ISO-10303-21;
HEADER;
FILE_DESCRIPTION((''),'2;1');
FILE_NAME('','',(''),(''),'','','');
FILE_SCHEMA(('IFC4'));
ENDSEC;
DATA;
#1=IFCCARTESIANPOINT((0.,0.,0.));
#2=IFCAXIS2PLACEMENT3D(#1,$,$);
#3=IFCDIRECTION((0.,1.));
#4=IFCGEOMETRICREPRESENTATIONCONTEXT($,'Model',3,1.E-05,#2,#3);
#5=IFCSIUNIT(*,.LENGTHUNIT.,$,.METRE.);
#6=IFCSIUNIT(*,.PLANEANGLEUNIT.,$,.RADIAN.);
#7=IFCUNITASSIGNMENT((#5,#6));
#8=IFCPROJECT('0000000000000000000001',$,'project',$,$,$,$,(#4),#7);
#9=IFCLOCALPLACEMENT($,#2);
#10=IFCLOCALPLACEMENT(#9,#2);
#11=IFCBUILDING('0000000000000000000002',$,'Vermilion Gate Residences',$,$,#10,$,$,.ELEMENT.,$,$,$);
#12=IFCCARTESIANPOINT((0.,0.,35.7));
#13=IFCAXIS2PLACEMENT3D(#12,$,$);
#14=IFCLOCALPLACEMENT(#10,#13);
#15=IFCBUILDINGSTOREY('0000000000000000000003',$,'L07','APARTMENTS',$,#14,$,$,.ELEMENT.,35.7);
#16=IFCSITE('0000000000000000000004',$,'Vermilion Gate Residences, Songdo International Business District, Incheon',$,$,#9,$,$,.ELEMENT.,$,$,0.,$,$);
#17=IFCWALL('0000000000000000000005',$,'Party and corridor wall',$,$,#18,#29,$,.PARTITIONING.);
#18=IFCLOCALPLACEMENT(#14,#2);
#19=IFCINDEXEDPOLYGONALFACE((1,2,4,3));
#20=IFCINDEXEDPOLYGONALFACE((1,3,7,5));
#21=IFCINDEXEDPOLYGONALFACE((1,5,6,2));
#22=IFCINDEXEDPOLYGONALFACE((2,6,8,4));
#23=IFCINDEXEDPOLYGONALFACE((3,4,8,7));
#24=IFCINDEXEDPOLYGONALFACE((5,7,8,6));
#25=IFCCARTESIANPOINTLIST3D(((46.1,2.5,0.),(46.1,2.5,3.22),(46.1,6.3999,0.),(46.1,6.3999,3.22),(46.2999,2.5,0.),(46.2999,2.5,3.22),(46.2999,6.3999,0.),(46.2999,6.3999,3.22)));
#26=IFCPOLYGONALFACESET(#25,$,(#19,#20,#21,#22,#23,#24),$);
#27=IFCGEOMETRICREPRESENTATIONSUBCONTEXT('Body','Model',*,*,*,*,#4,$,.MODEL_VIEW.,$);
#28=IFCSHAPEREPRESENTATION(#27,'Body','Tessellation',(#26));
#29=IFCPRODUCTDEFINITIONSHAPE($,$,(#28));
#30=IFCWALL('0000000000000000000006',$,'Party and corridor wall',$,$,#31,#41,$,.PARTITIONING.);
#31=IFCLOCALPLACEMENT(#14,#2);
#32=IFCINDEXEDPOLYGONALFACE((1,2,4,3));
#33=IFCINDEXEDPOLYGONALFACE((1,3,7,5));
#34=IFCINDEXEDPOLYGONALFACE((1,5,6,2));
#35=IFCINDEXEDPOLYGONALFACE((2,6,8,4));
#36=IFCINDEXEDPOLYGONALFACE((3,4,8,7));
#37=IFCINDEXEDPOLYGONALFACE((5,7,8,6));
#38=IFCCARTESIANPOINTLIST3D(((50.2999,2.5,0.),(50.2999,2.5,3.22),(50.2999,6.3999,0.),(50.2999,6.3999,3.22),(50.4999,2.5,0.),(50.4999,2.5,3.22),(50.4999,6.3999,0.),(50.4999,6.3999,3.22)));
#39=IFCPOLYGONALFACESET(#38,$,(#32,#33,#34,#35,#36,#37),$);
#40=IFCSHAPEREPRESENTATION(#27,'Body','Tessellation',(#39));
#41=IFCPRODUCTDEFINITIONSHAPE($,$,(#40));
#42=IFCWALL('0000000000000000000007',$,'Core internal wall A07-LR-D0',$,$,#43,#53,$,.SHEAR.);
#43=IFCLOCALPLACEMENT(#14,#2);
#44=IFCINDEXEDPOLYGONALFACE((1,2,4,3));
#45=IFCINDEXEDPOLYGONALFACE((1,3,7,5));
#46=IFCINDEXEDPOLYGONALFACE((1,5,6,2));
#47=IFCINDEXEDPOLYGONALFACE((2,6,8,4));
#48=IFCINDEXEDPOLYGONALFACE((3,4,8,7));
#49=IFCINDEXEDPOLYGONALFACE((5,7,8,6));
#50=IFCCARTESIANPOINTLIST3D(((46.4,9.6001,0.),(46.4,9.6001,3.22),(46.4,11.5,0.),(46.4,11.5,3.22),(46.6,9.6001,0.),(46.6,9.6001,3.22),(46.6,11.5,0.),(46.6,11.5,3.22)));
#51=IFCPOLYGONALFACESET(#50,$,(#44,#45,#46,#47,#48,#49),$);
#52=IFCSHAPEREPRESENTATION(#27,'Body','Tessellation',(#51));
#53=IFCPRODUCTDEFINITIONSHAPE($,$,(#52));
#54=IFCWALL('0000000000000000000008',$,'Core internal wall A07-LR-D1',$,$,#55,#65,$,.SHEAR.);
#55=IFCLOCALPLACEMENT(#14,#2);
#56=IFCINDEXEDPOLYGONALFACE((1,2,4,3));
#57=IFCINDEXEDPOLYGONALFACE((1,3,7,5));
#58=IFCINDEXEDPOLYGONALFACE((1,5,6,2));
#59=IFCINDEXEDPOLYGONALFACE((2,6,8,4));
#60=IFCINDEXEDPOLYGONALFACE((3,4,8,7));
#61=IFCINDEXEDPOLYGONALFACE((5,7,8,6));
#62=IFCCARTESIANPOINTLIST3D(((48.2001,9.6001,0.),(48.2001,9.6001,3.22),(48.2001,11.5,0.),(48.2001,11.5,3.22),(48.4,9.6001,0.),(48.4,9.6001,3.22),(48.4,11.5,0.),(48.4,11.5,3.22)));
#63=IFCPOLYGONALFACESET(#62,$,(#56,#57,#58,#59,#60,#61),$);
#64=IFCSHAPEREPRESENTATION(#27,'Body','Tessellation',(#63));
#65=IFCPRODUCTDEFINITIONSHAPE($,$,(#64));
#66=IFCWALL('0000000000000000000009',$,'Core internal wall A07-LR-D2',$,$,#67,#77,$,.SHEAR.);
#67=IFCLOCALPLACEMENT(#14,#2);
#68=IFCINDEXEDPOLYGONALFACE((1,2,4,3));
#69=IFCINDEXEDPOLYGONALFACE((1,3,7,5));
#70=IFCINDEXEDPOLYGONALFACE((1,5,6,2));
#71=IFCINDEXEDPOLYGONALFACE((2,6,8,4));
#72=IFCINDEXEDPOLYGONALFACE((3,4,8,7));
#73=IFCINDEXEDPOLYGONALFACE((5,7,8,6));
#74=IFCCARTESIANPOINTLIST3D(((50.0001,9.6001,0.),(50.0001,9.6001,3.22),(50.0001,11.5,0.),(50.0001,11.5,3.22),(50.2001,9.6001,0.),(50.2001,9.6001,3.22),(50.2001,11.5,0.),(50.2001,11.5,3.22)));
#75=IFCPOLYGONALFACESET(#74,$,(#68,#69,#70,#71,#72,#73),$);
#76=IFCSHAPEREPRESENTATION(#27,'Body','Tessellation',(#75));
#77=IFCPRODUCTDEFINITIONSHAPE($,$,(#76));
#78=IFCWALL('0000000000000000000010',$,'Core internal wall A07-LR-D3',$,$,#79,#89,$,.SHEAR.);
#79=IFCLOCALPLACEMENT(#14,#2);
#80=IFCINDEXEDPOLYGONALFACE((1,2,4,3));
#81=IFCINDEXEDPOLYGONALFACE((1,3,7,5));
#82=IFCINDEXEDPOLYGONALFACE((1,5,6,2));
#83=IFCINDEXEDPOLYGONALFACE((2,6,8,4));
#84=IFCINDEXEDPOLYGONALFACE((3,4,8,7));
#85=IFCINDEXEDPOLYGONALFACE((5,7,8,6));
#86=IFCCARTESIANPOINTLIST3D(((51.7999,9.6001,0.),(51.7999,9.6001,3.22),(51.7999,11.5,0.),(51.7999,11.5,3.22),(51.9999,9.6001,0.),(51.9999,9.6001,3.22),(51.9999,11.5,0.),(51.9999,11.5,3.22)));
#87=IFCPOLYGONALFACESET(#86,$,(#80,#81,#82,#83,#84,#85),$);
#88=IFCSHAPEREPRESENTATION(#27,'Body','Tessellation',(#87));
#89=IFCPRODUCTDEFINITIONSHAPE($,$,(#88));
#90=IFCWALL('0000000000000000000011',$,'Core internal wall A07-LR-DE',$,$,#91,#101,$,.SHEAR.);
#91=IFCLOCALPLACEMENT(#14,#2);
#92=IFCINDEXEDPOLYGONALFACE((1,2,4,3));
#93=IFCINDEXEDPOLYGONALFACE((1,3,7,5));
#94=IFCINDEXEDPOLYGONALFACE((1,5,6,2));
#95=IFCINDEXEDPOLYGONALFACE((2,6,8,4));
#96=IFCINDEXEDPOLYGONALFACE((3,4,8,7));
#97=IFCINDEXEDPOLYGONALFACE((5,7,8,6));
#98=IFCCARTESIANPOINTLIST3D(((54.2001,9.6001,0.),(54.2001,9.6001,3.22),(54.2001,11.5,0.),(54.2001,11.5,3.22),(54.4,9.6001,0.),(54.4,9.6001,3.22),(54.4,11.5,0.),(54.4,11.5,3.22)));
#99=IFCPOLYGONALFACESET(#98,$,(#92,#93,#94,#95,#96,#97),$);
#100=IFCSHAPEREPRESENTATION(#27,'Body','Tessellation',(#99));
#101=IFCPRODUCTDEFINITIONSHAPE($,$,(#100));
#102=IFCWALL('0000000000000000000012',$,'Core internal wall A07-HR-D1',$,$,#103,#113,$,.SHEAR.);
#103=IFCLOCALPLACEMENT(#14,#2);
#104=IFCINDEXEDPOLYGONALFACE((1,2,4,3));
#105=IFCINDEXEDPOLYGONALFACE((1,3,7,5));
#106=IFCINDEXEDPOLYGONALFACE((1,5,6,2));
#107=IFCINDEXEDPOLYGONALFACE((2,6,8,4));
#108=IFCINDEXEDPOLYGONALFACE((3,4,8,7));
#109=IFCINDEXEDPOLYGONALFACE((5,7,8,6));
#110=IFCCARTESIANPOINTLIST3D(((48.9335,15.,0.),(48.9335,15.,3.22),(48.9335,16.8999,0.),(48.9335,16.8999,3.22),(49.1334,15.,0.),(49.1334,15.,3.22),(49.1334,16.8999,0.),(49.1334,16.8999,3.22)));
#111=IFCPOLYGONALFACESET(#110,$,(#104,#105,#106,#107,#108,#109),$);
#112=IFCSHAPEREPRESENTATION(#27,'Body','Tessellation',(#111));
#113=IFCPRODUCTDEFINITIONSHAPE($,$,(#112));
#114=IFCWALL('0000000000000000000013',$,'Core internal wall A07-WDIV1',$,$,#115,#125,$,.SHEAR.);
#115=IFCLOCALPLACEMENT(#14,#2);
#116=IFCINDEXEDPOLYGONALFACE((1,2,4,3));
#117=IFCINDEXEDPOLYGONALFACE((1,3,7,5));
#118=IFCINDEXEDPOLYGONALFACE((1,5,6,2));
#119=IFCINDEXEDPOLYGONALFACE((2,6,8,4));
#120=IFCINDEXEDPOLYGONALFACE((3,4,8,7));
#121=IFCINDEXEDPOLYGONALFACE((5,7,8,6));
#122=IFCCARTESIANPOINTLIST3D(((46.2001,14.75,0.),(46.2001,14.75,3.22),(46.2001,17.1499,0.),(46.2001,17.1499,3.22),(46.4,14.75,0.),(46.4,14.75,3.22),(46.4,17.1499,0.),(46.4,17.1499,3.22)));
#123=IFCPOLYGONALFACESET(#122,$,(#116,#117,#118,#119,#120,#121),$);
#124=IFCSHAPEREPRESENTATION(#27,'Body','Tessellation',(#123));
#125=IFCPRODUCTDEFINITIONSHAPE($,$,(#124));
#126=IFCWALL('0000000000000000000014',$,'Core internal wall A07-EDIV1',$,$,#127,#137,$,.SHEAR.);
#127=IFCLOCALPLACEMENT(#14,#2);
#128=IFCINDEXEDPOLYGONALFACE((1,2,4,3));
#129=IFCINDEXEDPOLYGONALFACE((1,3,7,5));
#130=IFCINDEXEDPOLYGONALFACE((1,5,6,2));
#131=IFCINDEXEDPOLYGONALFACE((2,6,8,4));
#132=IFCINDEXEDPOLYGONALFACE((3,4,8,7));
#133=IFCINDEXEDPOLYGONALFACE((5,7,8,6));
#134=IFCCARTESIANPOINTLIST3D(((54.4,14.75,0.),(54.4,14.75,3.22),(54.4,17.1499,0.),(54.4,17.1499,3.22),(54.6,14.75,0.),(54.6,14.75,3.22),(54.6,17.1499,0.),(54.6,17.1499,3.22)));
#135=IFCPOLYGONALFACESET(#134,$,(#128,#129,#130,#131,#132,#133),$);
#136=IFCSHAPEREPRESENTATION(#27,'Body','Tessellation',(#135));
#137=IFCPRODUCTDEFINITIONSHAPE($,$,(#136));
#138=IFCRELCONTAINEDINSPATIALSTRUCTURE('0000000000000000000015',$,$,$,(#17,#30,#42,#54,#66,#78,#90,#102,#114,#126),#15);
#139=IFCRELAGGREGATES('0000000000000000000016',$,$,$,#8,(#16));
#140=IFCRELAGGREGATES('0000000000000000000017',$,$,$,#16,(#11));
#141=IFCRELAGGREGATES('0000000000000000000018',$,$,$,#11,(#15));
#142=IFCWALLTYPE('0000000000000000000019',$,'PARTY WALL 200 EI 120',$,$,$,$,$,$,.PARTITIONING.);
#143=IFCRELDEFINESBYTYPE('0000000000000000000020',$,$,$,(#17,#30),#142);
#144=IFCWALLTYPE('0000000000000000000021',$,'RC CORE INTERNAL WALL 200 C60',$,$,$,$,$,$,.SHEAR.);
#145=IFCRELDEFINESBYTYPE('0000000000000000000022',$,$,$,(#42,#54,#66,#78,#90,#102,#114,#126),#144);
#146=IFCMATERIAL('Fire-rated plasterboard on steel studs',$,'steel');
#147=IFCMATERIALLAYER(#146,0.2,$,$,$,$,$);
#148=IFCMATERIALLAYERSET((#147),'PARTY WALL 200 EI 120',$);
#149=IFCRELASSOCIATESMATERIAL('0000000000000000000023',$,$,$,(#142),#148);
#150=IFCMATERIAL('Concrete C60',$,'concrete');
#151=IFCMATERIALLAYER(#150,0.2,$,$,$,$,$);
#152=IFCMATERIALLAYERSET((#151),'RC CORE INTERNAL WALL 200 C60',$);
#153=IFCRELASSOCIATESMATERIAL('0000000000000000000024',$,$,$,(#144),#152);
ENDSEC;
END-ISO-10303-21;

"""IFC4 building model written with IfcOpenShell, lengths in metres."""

from ifc_helpers import new_model, si_unit, direction, frame, frame_2d, origin, place, context, subcontext, project, spatial, rectangle, extrude, material, layer, layer_set, type_object, element, save


model = new_model("IFC4")

# Units and contexts
model_context = context("Model", 3, precision=1e-05, world=origin(), true_north=direction((0.0, 1.0)))
body_context = subcontext(model_context, "Body", "Model", "MODEL_VIEW")
ifc_project = project(units=[si_unit("LENGTHUNIT", "METRE"), si_unit("PLANEANGLEUNIT", "RADIAN")], contexts=[model_context])

# Site, building, storey
site_placement = place(None, origin())
site = spatial("IfcSite", under=ifc_project, at=site_placement, Name="Vermilion Gate Residences, Songdo International Business District, Incheon", CompositionType="ELEMENT", RefElevation=0.0)
building_placement = place(site_placement, origin())
building = spatial("IfcBuilding", under=site, at=building_placement, Name="Vermilion Gate Residences", CompositionType="ELEMENT")
storey_placement = place(building_placement, frame((0.0, 0.0, 35.7)))
storey = spatial("IfcBuildingStorey", under=building, at=storey_placement, Name="L07", Description="APARTMENTS", CompositionType="ELEMENT", Elevation=35.7)

# Walls
ifc_material_1 = material(Name="Fire-rated plasterboard on steel studs", Category="steel")
ifc_layer_1 = layer(ifc_material_1, 0.2)
ifc_layer_set_1 = layer_set([ifc_layer_1], Name="PARTY WALL 200 EI 120")
wall_type_1 = type_object("IfcWallType", Name="PARTY WALL 200 EI 120", PredefinedType="PARTITIONING", material=ifc_layer_set_1)
for number, where, z_axis, x_axis, name in (
    (1, (46.2, 2.5, 0.0), (0.0, 0.0, 1.0), (0.0, 1.0, 0.0), "Party and corridor wall"),
    (2, (50.3999, 2.5, 0.0), (0.0, 0.0, 1.0), (0.0, 1.0, 0.0), "Party and corridor wall"),
):
    element("IfcWall", number, at=place(storey_placement, frame(where, z_axis=z_axis, x_axis=x_axis)), inside=storey, type_object=wall_type_1, Name=name, PredefinedType="PARTITIONING", context=body_context, shape_type="SweptSolid", body=[
        extrude(rectangle(XDim=3.8999, YDim=0.2, at=frame_2d((1.95, 0.0))), origin(), (0.0, 0.0, 1.0), 3.22),
    ])
ifc_material_2 = material(Name="Concrete C60", Category="concrete")
ifc_layer_2 = layer(ifc_material_2, 0.2)
ifc_layer_set_2 = layer_set([ifc_layer_2], Name="RC CORE INTERNAL WALL 200 C60")
wall_type_2 = type_object("IfcWallType", Name="RC CORE INTERNAL WALL 200 C60", PredefinedType="SHEAR", material=ifc_layer_set_2)
for number, where, z_axis, x_axis, name in (
    (3, (46.5, 9.6001, 0.0), (0.0, 0.0, 1.0), (0.0, 1.0, 0.0), "Core internal wall A07-LR-D0"),
    (4, (48.3, 9.6001, 0.0), (0.0, 0.0, 1.0), (0.0, 1.0, 0.0), "Core internal wall A07-LR-D1"),
    (5, (50.1001, 9.6001, 0.0), (0.0, 0.0, 1.0), (0.0, 1.0, 0.0), "Core internal wall A07-LR-D2"),
    (6, (51.8999, 9.6001, 0.0), (0.0, 0.0, 1.0), (0.0, 1.0, 0.0), "Core internal wall A07-LR-D3"),
    (7, (54.3, 9.6001, 0.0), (0.0, 0.0, 1.0), (0.0, 1.0, 0.0), "Core internal wall A07-LR-DE"),
    (8, (49.0334, 15.0, 0.0), (0.0, 0.0, 1.0), (0.0, 1.0, 0.0), "Core internal wall A07-HR-D1"),
):
    element("IfcWall", number, at=place(storey_placement, frame(where, z_axis=z_axis, x_axis=x_axis)), inside=storey, type_object=wall_type_2, Name=name, PredefinedType="SHEAR", context=body_context, shape_type="SweptSolid", body=[
        extrude(rectangle(XDim=1.8999, YDim=0.2, at=frame_2d((0.95, 0.0))), origin(), (0.0, 0.0, 1.0), 3.22),
    ])
for number, where, z_axis, x_axis, name in (
    (9, (46.3, 14.75, 0.0), (0.0, 0.0, 1.0), (0.0, 1.0, 0.0), "Core internal wall A07-WDIV1"),
    (10, (54.5, 14.75, 0.0), (0.0, 0.0, 1.0), (0.0, 1.0, 0.0), "Core internal wall A07-EDIV1"),
):
    element("IfcWall", number, at=place(storey_placement, frame(where, z_axis=z_axis, x_axis=x_axis)), inside=storey, type_object=wall_type_2, Name=name, PredefinedType="SHEAR", context=body_context, shape_type="SweptSolid", body=[
        extrude(rectangle(XDim=2.3999, YDim=0.2, at=frame_2d((1.2, 0.0))), origin(), (0.0, 0.0, 1.0), 3.22),
    ])

save(model, "model.ifc")
